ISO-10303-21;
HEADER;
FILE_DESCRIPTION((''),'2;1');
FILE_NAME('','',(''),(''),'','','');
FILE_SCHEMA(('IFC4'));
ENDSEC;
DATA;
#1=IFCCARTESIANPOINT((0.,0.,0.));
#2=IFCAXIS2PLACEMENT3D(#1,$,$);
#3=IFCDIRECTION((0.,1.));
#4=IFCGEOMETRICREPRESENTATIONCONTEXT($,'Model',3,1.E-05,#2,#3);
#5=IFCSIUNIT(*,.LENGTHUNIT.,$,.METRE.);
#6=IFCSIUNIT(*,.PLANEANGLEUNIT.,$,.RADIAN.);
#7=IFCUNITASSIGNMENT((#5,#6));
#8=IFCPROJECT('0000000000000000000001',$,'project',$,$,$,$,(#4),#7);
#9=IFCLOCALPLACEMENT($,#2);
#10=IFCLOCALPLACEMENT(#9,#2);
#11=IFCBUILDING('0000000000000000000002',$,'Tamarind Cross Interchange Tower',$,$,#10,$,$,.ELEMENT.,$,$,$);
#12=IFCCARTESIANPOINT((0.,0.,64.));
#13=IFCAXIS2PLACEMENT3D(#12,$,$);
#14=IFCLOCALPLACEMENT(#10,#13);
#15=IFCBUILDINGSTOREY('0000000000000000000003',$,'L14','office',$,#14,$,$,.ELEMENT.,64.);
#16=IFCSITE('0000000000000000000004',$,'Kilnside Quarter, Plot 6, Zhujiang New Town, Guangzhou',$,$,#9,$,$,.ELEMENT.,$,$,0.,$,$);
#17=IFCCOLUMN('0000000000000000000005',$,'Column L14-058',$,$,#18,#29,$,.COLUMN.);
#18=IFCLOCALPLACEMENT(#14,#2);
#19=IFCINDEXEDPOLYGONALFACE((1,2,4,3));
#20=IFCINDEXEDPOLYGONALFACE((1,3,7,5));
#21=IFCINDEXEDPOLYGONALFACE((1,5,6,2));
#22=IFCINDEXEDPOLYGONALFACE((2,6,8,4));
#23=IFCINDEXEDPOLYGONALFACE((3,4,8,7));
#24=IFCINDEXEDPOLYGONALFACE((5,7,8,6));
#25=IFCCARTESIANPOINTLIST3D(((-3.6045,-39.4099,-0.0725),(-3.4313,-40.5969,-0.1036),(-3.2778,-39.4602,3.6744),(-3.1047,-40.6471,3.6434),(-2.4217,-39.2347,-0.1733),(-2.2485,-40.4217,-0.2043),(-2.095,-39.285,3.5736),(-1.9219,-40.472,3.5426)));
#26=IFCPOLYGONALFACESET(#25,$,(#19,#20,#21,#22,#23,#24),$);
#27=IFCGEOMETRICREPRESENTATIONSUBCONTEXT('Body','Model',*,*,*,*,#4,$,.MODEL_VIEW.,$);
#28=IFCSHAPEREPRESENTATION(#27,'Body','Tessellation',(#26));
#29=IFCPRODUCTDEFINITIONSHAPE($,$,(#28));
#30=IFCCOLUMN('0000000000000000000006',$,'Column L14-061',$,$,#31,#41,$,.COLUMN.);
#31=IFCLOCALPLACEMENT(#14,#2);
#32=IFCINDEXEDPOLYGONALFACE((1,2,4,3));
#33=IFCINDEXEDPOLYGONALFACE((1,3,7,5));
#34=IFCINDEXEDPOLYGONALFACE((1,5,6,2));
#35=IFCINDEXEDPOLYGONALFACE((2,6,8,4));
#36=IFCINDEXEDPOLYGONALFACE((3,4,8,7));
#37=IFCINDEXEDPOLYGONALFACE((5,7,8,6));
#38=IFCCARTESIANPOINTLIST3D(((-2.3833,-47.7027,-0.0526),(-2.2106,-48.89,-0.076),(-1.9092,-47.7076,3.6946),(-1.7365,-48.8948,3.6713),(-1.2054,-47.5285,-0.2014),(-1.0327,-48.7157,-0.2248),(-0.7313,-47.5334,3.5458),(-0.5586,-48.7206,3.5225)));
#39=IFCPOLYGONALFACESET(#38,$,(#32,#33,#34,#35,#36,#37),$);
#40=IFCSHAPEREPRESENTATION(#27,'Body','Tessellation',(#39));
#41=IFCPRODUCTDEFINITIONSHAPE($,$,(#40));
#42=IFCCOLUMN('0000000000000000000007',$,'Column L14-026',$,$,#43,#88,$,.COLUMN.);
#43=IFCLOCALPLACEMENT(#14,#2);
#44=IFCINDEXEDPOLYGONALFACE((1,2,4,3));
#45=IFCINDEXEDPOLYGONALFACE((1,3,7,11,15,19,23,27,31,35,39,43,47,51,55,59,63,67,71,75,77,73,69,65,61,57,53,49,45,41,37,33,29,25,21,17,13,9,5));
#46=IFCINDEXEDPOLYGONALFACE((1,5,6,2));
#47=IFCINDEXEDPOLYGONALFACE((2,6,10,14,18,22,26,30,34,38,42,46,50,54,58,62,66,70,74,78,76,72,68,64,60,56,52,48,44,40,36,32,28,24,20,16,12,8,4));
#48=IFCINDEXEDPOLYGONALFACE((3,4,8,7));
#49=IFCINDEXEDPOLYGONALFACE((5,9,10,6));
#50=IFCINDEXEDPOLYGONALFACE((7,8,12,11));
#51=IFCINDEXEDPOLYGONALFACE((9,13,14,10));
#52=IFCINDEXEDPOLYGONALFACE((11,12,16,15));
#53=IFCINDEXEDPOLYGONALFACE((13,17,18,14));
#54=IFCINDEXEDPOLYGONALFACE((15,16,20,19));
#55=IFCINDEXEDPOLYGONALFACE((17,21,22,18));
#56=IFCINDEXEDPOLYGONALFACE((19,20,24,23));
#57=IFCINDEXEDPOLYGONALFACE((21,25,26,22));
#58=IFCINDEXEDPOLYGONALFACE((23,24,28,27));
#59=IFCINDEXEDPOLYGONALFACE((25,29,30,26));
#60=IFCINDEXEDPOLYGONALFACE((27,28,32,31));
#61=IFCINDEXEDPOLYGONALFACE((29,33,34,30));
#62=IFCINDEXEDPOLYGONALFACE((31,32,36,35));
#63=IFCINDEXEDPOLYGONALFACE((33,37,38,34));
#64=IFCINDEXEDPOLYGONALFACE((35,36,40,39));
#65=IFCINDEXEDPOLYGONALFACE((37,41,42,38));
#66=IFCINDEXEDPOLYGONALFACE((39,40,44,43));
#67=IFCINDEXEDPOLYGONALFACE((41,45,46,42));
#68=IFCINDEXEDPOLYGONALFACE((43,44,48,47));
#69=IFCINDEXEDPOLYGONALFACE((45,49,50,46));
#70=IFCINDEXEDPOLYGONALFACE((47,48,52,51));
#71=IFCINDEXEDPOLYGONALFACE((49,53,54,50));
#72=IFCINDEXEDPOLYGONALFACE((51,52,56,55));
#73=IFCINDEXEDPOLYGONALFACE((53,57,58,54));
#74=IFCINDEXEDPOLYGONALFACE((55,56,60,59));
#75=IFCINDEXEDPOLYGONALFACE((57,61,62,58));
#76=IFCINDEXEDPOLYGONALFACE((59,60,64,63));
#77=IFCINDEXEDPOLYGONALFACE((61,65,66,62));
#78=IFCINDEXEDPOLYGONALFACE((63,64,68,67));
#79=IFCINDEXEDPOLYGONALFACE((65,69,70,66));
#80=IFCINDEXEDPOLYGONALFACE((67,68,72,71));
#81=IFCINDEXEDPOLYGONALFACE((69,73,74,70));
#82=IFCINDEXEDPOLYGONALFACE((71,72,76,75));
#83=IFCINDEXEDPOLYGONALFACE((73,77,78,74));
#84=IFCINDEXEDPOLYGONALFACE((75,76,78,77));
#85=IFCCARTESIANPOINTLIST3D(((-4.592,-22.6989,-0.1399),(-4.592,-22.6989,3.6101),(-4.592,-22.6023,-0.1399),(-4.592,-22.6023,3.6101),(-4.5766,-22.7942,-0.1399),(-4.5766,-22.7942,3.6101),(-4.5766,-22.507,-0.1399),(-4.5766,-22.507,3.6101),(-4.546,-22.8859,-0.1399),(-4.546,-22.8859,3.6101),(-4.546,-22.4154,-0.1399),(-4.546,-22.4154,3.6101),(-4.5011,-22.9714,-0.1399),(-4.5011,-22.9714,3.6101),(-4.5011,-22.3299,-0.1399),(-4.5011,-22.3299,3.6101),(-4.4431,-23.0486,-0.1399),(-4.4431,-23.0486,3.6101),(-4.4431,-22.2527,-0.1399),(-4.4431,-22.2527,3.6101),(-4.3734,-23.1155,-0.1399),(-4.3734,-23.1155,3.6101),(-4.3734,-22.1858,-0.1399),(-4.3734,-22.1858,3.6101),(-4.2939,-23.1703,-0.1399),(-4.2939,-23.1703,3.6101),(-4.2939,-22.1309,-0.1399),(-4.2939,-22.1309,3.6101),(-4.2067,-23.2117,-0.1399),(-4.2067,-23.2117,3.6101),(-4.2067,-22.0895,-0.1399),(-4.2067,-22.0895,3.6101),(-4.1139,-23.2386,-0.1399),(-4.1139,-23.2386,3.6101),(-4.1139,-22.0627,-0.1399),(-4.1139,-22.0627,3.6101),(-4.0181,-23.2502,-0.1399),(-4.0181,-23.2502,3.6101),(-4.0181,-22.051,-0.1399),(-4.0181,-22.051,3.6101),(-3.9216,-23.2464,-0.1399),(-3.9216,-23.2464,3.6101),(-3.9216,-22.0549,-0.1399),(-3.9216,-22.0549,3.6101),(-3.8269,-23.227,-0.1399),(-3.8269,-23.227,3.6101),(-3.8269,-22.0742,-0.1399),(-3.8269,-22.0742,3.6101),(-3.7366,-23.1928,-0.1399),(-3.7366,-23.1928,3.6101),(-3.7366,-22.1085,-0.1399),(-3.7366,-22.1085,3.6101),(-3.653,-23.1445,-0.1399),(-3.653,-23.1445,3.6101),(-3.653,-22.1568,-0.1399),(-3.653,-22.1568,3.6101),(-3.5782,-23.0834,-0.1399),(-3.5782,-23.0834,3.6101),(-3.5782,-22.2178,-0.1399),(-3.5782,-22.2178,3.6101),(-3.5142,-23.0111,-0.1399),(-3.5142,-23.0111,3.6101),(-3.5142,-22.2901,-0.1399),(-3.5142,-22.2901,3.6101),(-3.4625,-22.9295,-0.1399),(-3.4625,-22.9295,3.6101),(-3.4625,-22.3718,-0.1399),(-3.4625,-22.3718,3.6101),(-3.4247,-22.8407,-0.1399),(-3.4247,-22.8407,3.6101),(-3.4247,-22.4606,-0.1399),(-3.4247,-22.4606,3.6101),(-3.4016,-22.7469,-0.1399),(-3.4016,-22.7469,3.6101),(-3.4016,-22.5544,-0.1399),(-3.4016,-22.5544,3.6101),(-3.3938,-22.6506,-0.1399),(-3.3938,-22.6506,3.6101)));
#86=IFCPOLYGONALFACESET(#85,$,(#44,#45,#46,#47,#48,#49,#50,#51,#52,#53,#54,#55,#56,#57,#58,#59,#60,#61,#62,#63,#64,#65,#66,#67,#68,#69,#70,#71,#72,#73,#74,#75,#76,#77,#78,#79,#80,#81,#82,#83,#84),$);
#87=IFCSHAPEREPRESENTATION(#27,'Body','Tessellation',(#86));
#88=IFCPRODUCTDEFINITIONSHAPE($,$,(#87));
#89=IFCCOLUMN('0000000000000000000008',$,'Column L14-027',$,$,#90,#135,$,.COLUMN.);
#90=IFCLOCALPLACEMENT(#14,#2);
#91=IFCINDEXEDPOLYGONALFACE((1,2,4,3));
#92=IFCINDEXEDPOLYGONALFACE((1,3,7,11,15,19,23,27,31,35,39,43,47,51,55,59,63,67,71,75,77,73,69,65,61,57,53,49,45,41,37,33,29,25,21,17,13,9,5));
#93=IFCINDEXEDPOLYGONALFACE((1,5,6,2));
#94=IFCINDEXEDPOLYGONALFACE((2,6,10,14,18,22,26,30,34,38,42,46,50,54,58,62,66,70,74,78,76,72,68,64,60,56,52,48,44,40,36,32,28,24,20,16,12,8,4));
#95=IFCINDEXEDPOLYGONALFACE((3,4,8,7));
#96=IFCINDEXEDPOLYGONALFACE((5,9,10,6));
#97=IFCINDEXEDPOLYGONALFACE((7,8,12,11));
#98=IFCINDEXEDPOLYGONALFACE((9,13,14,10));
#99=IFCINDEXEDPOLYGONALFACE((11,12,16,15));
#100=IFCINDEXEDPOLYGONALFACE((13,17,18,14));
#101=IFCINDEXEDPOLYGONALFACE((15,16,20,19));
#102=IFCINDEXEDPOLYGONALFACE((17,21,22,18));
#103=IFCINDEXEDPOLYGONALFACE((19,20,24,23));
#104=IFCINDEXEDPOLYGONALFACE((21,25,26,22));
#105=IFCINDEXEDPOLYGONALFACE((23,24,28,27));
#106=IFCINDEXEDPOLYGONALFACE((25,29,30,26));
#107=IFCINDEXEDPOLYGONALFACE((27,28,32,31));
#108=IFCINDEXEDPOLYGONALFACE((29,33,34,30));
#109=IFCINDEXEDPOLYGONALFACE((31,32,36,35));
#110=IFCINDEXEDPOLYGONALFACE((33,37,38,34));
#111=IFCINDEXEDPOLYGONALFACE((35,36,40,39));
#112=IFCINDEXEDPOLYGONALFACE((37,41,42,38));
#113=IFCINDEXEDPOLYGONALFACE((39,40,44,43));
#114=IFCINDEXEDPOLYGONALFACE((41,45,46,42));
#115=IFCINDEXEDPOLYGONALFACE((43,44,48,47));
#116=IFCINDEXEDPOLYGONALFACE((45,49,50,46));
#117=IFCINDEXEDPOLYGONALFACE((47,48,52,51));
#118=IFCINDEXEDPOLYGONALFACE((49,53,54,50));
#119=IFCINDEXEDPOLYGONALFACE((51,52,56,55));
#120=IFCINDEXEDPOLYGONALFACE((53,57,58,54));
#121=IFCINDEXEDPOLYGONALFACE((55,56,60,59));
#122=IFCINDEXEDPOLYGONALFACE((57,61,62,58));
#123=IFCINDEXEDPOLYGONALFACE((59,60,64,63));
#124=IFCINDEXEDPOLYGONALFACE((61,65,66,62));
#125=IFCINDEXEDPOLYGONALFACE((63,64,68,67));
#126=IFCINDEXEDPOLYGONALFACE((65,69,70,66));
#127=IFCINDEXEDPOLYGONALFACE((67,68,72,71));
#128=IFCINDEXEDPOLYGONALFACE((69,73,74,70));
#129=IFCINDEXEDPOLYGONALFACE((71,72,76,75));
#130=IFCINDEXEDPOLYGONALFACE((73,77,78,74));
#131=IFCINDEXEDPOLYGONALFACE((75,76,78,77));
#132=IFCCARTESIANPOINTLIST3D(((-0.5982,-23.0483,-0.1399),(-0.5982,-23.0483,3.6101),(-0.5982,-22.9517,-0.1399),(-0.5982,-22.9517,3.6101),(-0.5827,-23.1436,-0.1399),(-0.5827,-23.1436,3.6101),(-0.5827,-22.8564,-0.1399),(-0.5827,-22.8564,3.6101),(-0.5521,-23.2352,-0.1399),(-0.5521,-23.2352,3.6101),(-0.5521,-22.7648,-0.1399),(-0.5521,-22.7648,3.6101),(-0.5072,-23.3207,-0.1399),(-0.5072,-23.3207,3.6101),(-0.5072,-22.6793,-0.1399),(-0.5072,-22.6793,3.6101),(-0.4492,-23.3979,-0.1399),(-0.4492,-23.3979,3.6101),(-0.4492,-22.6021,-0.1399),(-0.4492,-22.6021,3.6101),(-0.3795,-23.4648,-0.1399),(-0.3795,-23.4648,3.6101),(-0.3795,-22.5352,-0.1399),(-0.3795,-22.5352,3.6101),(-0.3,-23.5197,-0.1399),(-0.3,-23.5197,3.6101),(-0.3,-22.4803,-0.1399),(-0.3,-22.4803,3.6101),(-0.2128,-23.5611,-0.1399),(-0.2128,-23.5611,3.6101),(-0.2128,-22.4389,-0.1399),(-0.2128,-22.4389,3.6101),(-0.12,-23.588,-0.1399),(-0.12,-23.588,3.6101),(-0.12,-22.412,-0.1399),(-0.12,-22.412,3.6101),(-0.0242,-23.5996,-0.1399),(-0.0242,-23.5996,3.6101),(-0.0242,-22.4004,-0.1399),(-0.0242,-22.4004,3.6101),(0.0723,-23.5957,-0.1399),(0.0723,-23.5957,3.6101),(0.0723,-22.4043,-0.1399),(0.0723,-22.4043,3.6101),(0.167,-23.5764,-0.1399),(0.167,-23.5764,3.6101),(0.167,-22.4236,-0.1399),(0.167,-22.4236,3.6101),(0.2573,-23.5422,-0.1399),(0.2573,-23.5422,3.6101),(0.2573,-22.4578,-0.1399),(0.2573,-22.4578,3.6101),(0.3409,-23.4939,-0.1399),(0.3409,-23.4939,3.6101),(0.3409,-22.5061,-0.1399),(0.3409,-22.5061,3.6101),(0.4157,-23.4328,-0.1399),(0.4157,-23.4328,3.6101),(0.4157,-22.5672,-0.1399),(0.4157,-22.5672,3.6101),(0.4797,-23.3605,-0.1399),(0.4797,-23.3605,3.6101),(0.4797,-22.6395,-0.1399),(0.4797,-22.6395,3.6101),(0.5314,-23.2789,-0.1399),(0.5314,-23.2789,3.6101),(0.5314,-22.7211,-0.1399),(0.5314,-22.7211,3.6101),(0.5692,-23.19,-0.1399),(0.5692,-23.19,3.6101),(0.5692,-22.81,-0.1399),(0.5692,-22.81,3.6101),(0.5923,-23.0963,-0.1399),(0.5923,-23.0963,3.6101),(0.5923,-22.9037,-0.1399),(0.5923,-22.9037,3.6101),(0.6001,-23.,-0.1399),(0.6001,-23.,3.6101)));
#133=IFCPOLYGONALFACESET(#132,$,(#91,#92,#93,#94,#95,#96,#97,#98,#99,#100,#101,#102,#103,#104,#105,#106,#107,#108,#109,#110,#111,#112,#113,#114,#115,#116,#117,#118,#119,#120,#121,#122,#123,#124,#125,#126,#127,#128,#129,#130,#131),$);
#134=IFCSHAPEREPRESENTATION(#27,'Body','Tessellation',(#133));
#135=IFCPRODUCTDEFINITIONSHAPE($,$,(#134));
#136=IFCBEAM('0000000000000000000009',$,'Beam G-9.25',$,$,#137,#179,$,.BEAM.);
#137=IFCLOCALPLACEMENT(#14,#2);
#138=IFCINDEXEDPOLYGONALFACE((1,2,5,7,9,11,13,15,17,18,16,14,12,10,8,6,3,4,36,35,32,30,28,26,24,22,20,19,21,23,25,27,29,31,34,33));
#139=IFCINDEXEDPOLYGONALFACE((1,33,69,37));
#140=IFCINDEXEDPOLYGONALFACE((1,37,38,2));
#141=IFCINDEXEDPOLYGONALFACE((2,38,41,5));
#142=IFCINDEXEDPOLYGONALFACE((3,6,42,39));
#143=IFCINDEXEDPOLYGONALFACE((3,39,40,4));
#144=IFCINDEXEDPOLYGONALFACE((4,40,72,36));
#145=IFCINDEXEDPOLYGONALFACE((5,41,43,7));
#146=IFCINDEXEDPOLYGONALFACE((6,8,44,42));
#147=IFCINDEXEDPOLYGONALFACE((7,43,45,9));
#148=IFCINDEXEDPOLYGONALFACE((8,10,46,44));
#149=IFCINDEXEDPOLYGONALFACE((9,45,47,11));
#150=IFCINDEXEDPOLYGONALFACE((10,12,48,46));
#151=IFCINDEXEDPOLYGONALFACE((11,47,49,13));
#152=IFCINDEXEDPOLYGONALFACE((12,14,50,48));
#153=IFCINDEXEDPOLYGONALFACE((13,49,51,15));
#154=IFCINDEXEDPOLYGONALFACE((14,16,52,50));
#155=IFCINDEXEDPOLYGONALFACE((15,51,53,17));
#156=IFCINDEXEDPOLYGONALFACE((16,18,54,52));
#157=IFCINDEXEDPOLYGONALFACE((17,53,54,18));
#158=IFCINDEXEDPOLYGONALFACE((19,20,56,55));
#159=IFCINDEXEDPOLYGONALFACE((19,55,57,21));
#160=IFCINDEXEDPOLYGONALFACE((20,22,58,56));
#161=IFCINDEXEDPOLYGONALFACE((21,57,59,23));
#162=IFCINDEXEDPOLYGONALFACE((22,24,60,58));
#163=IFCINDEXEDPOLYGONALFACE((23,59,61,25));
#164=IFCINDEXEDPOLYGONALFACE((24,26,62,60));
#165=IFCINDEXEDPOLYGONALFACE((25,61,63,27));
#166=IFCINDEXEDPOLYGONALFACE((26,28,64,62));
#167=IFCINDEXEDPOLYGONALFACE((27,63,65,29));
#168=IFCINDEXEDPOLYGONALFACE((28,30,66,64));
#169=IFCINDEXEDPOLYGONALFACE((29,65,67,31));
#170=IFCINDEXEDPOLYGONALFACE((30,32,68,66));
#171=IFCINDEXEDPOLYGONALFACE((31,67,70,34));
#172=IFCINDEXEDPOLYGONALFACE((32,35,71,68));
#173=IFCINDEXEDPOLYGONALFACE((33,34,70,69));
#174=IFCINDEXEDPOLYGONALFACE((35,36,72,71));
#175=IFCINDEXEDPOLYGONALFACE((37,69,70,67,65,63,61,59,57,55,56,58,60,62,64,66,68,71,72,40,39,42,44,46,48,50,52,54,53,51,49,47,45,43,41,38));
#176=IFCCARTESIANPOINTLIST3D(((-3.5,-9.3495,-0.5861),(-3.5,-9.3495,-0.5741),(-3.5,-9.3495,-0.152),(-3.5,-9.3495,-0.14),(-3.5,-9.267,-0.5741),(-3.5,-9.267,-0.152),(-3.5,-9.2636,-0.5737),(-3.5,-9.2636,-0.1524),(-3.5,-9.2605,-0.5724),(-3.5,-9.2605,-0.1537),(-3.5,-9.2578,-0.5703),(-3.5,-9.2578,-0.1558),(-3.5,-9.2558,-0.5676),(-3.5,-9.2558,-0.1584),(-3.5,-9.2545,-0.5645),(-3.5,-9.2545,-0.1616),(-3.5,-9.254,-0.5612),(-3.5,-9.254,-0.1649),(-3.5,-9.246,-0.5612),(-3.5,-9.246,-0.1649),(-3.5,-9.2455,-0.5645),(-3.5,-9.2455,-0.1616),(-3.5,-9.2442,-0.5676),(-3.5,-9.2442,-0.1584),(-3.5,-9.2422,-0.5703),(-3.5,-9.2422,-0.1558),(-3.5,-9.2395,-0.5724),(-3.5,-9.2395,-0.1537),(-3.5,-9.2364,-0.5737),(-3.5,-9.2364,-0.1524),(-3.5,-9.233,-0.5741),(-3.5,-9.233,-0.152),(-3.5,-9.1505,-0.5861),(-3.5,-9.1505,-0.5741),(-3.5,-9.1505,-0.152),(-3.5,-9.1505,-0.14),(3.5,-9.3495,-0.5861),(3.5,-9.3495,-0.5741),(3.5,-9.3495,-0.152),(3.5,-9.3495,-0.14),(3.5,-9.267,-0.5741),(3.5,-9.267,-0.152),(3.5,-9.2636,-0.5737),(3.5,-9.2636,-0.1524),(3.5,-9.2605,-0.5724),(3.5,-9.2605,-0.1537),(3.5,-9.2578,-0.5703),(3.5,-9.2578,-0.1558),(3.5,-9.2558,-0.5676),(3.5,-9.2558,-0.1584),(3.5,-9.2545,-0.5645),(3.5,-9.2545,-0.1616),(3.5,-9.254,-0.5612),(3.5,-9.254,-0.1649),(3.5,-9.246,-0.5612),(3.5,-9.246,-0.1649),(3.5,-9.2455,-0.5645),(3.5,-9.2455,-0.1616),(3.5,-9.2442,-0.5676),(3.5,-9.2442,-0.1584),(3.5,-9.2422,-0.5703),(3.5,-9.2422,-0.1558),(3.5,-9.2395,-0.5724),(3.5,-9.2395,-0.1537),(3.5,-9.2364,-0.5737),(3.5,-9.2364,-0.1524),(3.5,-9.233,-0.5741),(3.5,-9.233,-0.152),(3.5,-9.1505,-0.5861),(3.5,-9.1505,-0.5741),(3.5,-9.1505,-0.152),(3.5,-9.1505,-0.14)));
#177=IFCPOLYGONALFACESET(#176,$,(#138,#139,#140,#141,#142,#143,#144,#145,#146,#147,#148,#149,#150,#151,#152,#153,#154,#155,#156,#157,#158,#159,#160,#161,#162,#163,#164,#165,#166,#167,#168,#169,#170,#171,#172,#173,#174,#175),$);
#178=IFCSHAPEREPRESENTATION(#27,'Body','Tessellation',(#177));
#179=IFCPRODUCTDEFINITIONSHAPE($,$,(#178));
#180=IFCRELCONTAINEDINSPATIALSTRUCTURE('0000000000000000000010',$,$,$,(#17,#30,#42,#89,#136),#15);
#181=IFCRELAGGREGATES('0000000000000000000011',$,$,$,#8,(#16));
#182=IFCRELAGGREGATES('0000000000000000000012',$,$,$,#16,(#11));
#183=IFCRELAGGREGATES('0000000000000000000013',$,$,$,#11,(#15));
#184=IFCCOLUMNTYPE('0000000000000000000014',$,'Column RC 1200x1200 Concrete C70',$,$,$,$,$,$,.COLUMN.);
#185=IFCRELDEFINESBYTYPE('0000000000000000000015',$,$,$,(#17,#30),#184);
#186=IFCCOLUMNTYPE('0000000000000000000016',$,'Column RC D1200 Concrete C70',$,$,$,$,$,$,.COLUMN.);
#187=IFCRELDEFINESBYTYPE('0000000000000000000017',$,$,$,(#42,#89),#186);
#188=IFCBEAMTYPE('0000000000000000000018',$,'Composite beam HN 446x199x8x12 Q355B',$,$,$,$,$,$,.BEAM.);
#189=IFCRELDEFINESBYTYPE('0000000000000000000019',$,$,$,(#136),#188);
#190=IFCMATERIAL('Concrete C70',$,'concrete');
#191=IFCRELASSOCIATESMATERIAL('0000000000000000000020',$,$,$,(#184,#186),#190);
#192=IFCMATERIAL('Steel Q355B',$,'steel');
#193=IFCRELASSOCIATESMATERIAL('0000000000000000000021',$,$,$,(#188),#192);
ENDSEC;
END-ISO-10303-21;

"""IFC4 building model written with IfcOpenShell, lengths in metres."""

from ifc_helpers import new_model, si_unit, direction, frame, origin, origin_2d, place, context, subcontext, project, spatial, rectangle, circle, i_section, extrude, material, material_profile, profile_set, type_object, element, save


model = new_model("IFC4")

# Units and contexts
model_context = context("Model", 3, precision=1e-05, world=origin(), true_north=direction((0.0, 1.0)))
body_context = subcontext(model_context, "Body", "Model", "MODEL_VIEW")
ifc_project = project(units=[si_unit("LENGTHUNIT", "METRE"), si_unit("PLANEANGLEUNIT", "RADIAN")], contexts=[model_context])

# Site, building, storey
site_placement = place(None, origin())
site = spatial("IfcSite", under=ifc_project, at=site_placement, Name="Kilnside Quarter, Plot 6, Zhujiang New Town, Guangzhou", CompositionType="ELEMENT", RefElevation=0.0)
building_placement = place(site_placement, origin())
building = spatial("IfcBuilding", under=site, at=building_placement, Name="Tamarind Cross Interchange Tower", CompositionType="ELEMENT")
storey_placement = place(building_placement, frame((0.0, 0.0, 64.0)))
storey = spatial("IfcBuildingStorey", under=building, at=storey_placement, Name="L14", Description="office", CompositionType="ELEMENT", Elevation=64.0)

# Columns
ifc_material_1 = material(Name="Concrete C70", Category="concrete")
ifc_material_profile_1 = material_profile(ifc_material_1, rectangle(XDim=1.2, YDim=1.2, at=origin_2d()), Name="RC 1200x1200")
ifc_profile_set_1 = profile_set([ifc_material_profile_1], Name="Concrete C70")
column_type_1 = type_object("IfcColumnType", Name="Column RC 1200x1200 Concrete C70", PredefinedType="COLUMN", material=ifc_profile_set_1)
column_1_placement = place(storey_placement, frame((-2.9265, -39.9158, -0.1384), z_axis=(0.086846, -0.013371, 0.996132), x_axis=(-0.144292, 0.989197, 0.025858)))
element("IfcColumn", 1, at=column_1_placement, inside=storey, type_object=column_type_1, Name="Column L14-058", PredefinedType="COLUMN", context=body_context, shape_type="SweptSolid", body=[
    extrude(rectangle(XDim=1.2, YDim=1.2, at=origin_2d()), origin(), (0.0, 0.0, 1.0), 3.7615),
])
column_2_placement = place(storey_placement, frame((-1.708, -48.2092, -0.1387), z_axis=(0.125522, -0.001293, 0.99209), x_axis=(-0.143888, 0.989402, 0.019494)))
element("IfcColumn", 2, at=column_2_placement, inside=storey, type_object=column_type_1, Name="Column L14-061", PredefinedType="COLUMN", context=body_context, shape_type="SweptSolid", body=[
    extrude(rectangle(XDim=1.2, YDim=1.2, at=origin_2d()), origin(), (0.0, 0.0, 1.0), 3.7771),
])
ifc_material_profile_2 = material_profile(ifc_material_1, circle(Radius=0.6001, at=origin_2d()), Name="RC D1200")
ifc_profile_set_2 = profile_set([ifc_material_profile_2], Name="Concrete C70")
column_type_2 = type_object("IfcColumnType", Name="Column RC D1200 Concrete C70", PredefinedType="COLUMN", material=ifc_profile_set_2)
for number, where, z_axis, x_axis, name in (
    (3, (-3.9939, -22.6506, -0.1399), (0.0, 0.0, 1.0), (1.0, 0.0, 0.0), "Column L14-026"),
    (4, (0.0, -23.0, -0.1399), (0.0, 0.0, 1.0), (1.0, 0.0, 0.0), "Column L14-027"),
):
    element("IfcColumn", number, at=place(storey_placement, frame(where, z_axis=z_axis, x_axis=x_axis)), inside=storey, type_object=column_type_2, Name=name, PredefinedType="COLUMN", context=body_context, shape_type="SweptSolid", body=[
        extrude(circle(Radius=0.6001, at=origin_2d()), origin(), (0.0, 0.0, 1.0), 3.75),
    ])

# Beam
ifc_material_2 = material(Name="Steel Q355B", Category="steel")
ifc_material_profile_3 = material_profile(ifc_material_2, i_section(OverallWidth=0.199, OverallDepth=0.446, WebThickness=0.0081, FlangeThickness=0.012, FilletRadius=0.0129, at=origin_2d()), Name="HN 446x199x8x12")
ifc_profile_set_3 = profile_set([ifc_material_profile_3], Name="Steel Q355B")
beam_type_1 = type_object("IfcBeamType", Name="Composite beam HN 446x199x8x12 Q355B", PredefinedType="BEAM", material=ifc_profile_set_3)
beam_1_placement = place(storey_placement, frame((-3.5, -9.25, -0.363), z_axis=(1.0, 0.0, 0.0), x_axis=(0.0, 1.0, 0.0)))
element("IfcBeam", 5, at=beam_1_placement, inside=storey, type_object=beam_type_1, Name="Beam G-9.25", PredefinedType="BEAM", context=body_context, shape_type="SweptSolid", body=[
    extrude(i_section(OverallWidth=0.199, OverallDepth=0.446, WebThickness=0.0081, FlangeThickness=0.012, FilletRadius=0.0129, at=origin_2d()), origin(), (0.0, 0.0, 1.0), 7.0),
])

save(model, "model.ifc")
